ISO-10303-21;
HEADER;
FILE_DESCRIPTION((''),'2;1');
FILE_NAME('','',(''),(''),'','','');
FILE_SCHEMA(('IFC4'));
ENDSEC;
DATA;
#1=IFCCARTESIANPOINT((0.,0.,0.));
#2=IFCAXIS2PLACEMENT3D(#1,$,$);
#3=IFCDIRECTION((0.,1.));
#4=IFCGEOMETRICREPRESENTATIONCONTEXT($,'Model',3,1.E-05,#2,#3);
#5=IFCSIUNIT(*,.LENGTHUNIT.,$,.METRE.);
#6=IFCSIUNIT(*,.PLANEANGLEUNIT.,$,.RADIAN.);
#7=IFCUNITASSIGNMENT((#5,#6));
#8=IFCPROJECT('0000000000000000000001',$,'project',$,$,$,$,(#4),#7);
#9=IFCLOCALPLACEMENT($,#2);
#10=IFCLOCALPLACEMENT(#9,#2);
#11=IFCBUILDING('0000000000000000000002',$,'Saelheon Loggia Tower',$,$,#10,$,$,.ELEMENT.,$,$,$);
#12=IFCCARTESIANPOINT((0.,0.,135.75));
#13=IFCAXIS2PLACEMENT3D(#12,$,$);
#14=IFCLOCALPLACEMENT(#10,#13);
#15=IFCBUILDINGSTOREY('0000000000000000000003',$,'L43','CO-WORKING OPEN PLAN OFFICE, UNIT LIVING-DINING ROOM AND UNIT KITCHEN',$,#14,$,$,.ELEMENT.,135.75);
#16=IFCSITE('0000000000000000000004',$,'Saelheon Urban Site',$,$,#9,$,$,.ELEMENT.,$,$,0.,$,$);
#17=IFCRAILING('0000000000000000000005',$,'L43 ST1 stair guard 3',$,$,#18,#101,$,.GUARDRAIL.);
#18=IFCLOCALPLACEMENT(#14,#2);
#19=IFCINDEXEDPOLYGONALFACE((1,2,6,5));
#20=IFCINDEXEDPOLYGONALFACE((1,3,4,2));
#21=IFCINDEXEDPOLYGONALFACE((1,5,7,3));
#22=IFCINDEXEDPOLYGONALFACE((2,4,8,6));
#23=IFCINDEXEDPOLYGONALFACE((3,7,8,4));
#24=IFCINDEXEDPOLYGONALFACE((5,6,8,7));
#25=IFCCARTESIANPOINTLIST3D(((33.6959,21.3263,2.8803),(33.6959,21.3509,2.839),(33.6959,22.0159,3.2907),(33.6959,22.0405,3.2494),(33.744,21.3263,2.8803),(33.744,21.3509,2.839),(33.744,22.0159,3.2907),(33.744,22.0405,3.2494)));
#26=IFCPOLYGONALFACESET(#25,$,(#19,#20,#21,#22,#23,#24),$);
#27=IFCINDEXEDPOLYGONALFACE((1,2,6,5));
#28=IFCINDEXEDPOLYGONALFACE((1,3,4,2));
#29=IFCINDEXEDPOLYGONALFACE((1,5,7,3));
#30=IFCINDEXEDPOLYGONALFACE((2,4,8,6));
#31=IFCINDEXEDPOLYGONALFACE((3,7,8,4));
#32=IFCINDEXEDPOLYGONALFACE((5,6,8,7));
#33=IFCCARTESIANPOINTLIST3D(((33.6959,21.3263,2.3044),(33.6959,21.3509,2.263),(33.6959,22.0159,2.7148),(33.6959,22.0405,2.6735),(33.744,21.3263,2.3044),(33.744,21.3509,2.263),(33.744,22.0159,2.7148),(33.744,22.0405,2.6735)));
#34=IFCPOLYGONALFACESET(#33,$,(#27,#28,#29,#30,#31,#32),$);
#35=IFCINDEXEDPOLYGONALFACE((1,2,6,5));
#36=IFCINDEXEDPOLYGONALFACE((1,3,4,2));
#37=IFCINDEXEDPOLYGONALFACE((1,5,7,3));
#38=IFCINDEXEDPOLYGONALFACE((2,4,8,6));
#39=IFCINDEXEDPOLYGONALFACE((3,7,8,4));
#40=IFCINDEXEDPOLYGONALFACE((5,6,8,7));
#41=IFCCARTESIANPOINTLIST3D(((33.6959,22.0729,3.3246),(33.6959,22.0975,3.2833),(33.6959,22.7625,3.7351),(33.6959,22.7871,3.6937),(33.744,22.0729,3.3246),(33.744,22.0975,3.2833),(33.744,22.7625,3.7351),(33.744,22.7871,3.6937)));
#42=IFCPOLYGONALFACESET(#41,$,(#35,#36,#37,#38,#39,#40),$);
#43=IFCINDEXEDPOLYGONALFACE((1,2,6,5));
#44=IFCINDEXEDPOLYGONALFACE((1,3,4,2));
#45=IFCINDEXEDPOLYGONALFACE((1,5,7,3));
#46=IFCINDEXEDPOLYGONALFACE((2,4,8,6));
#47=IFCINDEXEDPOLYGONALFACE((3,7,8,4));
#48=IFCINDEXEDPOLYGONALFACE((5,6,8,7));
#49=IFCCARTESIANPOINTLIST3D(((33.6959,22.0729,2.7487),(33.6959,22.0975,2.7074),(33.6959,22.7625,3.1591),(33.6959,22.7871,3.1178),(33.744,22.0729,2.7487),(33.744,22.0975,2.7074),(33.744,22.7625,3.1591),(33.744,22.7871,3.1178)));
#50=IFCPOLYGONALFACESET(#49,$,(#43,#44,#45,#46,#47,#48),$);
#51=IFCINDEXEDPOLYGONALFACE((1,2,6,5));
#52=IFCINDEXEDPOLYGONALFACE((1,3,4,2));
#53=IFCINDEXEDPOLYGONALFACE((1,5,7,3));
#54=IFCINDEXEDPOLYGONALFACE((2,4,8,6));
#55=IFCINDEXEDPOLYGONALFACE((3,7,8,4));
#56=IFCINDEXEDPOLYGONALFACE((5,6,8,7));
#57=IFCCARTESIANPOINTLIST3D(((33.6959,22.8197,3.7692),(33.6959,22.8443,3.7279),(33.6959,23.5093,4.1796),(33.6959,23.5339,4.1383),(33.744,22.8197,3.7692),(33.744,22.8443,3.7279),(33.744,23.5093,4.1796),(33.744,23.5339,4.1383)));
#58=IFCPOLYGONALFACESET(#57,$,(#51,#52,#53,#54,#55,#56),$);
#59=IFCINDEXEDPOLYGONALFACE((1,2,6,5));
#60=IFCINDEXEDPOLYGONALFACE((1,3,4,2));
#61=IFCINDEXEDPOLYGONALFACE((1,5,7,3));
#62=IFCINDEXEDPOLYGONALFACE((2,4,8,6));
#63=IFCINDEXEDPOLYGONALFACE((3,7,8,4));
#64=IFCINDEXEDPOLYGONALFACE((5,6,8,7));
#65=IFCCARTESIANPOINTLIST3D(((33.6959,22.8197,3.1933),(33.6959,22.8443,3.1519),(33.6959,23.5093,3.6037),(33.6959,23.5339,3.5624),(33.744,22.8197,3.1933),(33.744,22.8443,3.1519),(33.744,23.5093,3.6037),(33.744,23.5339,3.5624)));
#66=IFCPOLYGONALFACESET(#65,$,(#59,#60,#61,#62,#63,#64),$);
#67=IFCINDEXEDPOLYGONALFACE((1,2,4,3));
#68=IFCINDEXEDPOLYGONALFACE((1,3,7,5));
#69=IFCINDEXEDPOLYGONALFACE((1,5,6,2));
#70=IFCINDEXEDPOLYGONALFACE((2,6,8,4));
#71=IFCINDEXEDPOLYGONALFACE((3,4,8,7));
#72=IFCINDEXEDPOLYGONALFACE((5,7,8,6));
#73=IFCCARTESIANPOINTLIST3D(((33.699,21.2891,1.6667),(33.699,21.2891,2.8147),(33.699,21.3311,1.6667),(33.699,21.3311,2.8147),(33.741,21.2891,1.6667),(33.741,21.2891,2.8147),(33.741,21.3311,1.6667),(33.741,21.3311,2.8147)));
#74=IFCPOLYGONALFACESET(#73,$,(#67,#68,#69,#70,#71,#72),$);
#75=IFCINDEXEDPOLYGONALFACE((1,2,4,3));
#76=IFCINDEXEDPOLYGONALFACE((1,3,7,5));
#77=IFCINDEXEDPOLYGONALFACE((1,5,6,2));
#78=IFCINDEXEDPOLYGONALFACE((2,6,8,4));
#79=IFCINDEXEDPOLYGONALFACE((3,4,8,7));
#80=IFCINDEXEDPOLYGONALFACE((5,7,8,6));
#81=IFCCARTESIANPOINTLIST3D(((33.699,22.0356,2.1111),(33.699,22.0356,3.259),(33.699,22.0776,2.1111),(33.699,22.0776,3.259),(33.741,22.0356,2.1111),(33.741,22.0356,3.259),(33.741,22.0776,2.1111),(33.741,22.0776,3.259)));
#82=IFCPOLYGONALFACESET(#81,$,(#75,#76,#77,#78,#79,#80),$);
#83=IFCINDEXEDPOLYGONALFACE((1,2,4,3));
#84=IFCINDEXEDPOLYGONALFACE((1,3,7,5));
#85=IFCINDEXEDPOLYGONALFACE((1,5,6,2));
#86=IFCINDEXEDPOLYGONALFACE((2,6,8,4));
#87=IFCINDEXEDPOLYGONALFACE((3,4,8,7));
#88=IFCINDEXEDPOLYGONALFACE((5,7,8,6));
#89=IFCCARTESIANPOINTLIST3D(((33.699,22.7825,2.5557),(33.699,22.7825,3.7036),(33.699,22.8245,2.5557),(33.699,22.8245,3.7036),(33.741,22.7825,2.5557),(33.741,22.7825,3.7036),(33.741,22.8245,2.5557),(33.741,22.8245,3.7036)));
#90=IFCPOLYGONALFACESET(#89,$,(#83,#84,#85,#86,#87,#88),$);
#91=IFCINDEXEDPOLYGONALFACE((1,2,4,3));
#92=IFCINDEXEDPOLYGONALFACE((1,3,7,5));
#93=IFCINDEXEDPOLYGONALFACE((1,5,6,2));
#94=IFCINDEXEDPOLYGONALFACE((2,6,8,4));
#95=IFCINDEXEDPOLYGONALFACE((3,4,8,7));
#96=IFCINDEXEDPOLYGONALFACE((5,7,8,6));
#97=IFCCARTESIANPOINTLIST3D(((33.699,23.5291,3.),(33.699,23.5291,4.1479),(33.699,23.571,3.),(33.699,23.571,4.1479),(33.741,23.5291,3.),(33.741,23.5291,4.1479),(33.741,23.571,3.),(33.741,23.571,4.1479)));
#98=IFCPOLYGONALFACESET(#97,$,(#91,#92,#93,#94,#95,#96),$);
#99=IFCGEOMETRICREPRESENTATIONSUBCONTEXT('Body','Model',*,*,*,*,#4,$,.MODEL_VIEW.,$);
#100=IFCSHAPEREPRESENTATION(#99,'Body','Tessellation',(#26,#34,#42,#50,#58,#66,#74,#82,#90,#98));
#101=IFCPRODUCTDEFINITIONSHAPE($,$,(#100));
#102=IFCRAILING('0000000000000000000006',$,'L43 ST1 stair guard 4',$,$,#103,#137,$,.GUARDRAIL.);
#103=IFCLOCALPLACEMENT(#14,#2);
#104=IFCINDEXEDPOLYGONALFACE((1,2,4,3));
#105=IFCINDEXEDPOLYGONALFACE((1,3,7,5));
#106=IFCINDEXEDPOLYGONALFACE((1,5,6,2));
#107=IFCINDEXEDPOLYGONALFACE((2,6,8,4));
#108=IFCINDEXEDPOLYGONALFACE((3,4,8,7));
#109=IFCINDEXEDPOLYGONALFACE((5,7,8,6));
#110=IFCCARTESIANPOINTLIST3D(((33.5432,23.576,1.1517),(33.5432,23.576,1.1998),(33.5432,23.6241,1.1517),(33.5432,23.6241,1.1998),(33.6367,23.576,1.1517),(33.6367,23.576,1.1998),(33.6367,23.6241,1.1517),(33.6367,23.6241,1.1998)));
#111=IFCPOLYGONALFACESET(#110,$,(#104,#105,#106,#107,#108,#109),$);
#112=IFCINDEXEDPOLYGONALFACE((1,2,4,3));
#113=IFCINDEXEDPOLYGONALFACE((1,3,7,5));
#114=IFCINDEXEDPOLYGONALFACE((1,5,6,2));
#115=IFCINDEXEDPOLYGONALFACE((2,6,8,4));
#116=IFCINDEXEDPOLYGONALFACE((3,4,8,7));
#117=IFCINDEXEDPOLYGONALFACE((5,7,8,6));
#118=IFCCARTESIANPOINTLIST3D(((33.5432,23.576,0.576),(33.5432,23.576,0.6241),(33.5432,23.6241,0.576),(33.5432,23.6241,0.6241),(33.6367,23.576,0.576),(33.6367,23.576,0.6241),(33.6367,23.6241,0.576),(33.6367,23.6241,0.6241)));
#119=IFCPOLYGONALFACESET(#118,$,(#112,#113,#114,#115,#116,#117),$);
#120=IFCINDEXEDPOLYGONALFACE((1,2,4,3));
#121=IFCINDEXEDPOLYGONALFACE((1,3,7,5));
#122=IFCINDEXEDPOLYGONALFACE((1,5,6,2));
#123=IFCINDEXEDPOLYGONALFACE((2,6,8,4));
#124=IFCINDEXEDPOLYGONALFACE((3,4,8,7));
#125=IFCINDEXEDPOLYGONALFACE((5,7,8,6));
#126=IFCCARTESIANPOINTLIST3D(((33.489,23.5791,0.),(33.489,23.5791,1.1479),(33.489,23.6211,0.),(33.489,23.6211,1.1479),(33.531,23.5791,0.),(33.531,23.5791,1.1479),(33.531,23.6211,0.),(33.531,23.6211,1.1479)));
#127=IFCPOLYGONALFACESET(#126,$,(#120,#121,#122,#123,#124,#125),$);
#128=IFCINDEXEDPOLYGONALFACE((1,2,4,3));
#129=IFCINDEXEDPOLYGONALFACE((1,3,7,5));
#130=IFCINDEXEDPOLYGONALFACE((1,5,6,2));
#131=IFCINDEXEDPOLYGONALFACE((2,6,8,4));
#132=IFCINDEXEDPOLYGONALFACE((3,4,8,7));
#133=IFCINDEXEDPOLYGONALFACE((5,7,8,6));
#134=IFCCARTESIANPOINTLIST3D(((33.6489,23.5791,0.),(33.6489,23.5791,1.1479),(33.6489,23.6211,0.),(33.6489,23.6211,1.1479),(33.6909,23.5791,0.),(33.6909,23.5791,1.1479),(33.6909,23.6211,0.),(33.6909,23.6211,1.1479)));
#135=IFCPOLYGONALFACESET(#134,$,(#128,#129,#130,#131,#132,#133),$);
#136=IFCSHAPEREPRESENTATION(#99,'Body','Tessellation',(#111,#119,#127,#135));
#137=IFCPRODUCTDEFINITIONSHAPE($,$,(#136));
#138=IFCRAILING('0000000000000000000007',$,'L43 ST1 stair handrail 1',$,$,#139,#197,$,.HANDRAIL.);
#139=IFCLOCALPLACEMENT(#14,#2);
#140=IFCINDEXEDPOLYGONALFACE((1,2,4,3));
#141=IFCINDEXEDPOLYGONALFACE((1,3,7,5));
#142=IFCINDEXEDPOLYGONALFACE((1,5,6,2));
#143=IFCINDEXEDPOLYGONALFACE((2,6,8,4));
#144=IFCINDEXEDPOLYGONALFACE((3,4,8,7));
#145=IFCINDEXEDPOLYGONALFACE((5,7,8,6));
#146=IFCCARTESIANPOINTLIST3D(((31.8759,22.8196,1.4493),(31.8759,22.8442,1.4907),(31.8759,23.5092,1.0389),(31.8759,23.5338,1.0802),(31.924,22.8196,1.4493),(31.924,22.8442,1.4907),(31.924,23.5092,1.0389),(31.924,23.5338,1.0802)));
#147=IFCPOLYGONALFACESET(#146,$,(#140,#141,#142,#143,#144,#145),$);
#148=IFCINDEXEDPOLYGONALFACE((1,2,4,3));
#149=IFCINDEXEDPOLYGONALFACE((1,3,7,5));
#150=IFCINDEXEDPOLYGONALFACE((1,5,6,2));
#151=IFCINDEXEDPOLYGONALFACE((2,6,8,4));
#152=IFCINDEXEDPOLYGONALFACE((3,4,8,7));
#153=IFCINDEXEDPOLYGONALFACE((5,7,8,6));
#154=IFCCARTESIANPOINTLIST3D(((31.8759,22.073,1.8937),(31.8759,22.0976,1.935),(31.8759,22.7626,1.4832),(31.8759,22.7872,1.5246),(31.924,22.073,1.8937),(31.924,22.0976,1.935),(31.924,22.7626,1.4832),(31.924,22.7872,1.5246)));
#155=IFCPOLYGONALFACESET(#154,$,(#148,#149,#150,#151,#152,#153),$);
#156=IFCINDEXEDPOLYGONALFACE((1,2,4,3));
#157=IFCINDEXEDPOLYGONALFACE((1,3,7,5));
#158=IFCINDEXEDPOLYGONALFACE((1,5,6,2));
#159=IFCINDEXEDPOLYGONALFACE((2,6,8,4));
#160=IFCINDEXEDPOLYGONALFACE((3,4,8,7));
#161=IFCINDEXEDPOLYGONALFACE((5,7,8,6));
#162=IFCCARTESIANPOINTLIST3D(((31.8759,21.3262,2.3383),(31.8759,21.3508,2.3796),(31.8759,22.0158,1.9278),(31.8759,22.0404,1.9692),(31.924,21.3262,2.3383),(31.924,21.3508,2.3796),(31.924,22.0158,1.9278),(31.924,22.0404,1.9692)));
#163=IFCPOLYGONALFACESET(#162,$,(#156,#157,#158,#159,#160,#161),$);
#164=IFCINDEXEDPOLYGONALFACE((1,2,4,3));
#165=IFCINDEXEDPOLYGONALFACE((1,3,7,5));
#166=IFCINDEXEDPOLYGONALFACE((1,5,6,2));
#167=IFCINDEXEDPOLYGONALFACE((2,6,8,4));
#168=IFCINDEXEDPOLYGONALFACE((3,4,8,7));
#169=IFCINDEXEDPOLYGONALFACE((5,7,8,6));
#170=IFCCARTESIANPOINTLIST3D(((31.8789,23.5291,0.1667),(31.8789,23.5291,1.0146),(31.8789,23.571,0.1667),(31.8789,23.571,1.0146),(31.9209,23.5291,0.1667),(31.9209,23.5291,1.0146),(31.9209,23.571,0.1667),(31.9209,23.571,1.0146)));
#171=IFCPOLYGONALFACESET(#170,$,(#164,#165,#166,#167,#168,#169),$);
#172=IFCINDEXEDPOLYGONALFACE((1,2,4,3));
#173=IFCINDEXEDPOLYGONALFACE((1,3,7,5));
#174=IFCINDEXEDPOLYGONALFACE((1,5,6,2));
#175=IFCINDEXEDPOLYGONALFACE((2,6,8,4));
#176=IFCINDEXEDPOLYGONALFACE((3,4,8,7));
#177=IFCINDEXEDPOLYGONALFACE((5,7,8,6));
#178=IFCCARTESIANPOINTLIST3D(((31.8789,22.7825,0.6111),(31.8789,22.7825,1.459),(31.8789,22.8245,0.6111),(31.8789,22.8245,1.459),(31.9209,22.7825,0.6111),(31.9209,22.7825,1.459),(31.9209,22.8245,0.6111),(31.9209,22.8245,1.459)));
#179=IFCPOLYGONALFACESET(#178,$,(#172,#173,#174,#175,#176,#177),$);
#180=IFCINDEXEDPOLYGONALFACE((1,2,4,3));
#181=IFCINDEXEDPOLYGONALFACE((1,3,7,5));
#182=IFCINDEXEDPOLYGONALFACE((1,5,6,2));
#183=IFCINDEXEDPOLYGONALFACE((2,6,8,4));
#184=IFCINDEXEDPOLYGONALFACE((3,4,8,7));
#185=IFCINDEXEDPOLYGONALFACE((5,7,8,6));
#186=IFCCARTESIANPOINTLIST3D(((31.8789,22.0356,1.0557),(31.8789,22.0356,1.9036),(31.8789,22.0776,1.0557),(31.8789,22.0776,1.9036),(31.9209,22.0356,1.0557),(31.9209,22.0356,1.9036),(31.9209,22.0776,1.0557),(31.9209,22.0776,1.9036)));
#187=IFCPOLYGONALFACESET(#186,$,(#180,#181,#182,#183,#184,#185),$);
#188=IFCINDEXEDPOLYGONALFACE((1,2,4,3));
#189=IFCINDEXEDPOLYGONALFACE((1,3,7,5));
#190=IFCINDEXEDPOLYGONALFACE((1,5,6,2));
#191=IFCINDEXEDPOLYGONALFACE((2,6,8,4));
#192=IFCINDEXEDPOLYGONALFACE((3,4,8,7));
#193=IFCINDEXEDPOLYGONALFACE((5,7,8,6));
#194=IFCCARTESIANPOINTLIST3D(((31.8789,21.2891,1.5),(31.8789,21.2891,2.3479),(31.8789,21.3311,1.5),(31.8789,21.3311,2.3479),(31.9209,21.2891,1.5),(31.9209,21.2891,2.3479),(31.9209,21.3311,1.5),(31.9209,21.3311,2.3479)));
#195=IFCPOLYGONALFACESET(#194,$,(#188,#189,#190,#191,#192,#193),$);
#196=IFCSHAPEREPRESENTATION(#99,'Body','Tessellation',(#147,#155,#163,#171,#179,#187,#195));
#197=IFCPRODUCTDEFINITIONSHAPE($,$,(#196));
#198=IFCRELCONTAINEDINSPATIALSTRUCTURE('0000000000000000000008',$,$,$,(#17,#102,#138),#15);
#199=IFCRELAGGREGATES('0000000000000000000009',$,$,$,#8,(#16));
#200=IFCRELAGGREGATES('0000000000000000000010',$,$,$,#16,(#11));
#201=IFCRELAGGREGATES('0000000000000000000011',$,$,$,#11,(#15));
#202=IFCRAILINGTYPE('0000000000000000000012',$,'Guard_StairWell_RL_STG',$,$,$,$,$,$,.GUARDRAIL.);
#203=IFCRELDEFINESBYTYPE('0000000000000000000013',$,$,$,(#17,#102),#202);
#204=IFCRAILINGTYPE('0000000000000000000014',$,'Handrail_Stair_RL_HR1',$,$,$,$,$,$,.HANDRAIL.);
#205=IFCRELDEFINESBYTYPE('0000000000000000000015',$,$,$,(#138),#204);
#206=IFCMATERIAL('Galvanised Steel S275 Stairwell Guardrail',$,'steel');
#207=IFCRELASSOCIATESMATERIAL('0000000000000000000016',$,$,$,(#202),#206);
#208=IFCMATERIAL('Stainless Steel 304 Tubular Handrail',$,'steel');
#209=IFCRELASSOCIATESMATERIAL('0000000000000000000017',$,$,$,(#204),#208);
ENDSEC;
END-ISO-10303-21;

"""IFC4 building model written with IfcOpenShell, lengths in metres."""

from ifc_helpers import new_model, si_unit, direction, frame, origin, origin_2d, place, context, subcontext, project, spatial, rectangle, extrude, material, type_object, element, save


model = new_model("IFC4")

# Units and contexts
model_context = context("Model", 3, precision=1e-05, world=origin(), true_north=direction((0.0, 1.0)))
body_context = subcontext(model_context, "Body", "Model", "MODEL_VIEW")
ifc_project = project(units=[si_unit("LENGTHUNIT", "METRE"), si_unit("PLANEANGLEUNIT", "RADIAN")], contexts=[model_context])

# Site, building, storey
site_placement = place(None, origin())
site = spatial("IfcSite", under=ifc_project, at=site_placement, Name="Saelheon Urban Site", CompositionType="ELEMENT", RefElevation=0.0)
building_placement = place(site_placement, origin())
building = spatial("IfcBuilding", under=site, at=building_placement, Name="Saelheon Loggia Tower", CompositionType="ELEMENT")
storey_placement = place(building_placement, frame((0.0, 0.0, 135.75)))
storey = spatial("IfcBuildingStorey", under=building, at=storey_placement, Name="L43", Description="CO-WORKING OPEN PLAN OFFICE, UNIT LIVING-DINING ROOM AND UNIT KITCHEN", CompositionType="ELEMENT", Elevation=135.75)

# Railings
ifc_material_1 = material(Name="Galvanised Steel S275 Stairwell Guardrail", Category="steel")
railing_type_1 = type_object("IfcRailingType", Name="Guard_StairWell_RL_STG", PredefinedType="GUARDRAIL", material=ifc_material_1)
railing_1_placement = place(storey_placement, frame((33.72, 21.3101, 1.6667)))
element("IfcRailing", 1, at=railing_1_placement, inside=storey, type_object=railing_type_1, Name="L43 ST1 stair guard 3", PredefinedType="GUARDRAIL", context=body_context, shape_type="SweptSolid", body=[
    extrude(rectangle(XDim=0.0481, YDim=0.0481, at=origin_2d()), frame((0.0, 0.0286, 1.1929), z_axis=(0.0, 0.859306, 0.511462), x_axis=(-1.0, 0.0, 0.0)), (0.0, 0.0, 1.0), 0.8025),
    extrude(rectangle(XDim=0.0481, YDim=0.0481, at=origin_2d()), frame((0.0, 0.0286, 0.6169), z_axis=(0.0, 0.859306, 0.511462), x_axis=(-1.0, 0.0, 0.0)), (0.0, 0.0, 1.0), 0.8025),
    extrude(rectangle(XDim=0.0481, YDim=0.0481, at=origin_2d()), frame((0.0, 0.7751, 1.6372), z_axis=(0.0, 0.859306, 0.511462), x_axis=(-1.0, 0.0, 0.0)), (0.0, 0.0, 1.0), 0.8025),
    extrude(rectangle(XDim=0.0481, YDim=0.0481, at=origin_2d()), frame((0.0, 0.7751, 1.0613), z_axis=(0.0, 0.859306, 0.511462), x_axis=(-1.0, 0.0, 0.0)), (0.0, 0.0, 1.0), 0.8025),
    extrude(rectangle(XDim=0.0481, YDim=0.0481, at=origin_2d()), frame((0.0, 1.522, 2.0818), z_axis=(0.0, 0.859306, 0.511462), x_axis=(-1.0, 0.0, 0.0)), (0.0, 0.0, 1.0), 0.8025),
    extrude(rectangle(XDim=0.0481, YDim=0.0481, at=origin_2d()), frame((0.0, 1.522, 1.5059), z_axis=(0.0, 0.859306, 0.511462), x_axis=(-1.0, 0.0, 0.0)), (0.0, 0.0, 1.0), 0.8025),
    extrude(rectangle(XDim=0.042, YDim=0.042, at=origin_2d()), origin(), (0.0, 0.0, 1.0), 1.1479),
    extrude(rectangle(XDim=0.042, YDim=0.042, at=origin_2d()), frame((0.0, 0.7466, 0.4443)), (0.0, 0.0, 1.0), 1.1479),
    extrude(rectangle(XDim=0.042, YDim=0.042, at=origin_2d()), frame((0.0, 1.4934, 0.8889)), (0.0, 0.0, 1.0), 1.1479),
    extrude(rectangle(XDim=0.042, YDim=0.042, at=origin_2d()), frame((0.0, 2.24, 1.3333)), (0.0, 0.0, 1.0), 1.1479),
])
railing_2_placement = place(storey_placement, frame((33.51, 23.6001, 0.0)))
element("IfcRailing", 2, at=railing_2_placement, inside=storey, type_object=railing_type_1, Name="L43 ST1 stair guard 4", PredefinedType="GUARDRAIL", context=body_context, shape_type="SweptSolid", body=[
    extrude(rectangle(XDim=0.0481, YDim=0.0481, at=origin_2d()), frame((0.0332, 0.0, 1.1758), z_axis=(1.0, 0.0, 0.0), x_axis=(0.0, 1.0, 0.0)), (0.0, 0.0, 1.0), 0.0935),
    extrude(rectangle(XDim=0.0481, YDim=0.0481, at=origin_2d()), frame((0.0332, 0.0, 0.6001), z_axis=(1.0, 0.0, 0.0), x_axis=(0.0, 1.0, 0.0)), (0.0, 0.0, 1.0), 0.0935),
    extrude(rectangle(XDim=0.042, YDim=0.042, at=origin_2d()), origin(), (0.0, 0.0, 1.0), 1.1479),
    extrude(rectangle(XDim=0.042, YDim=0.042, at=origin_2d()), frame((0.1599, 0.0, 0.0)), (0.0, 0.0, 1.0), 1.1479),
])
ifc_material_2 = material(Name="Stainless Steel 304 Tubular Handrail", Category="steel")
railing_type_2 = type_object("IfcRailingType", Name="Handrail_Stair_RL_HR1", PredefinedType="HANDRAIL", material=ifc_material_2)
railing_3_placement = place(storey_placement, frame((31.8999, 23.55, 0.1667)))
element("IfcRailing", 3, at=railing_3_placement, inside=storey, type_object=railing_type_2, Name="L43 ST1 stair handrail 1", PredefinedType="HANDRAIL", context=body_context, shape_type="SweptSolid", body=[
    extrude(rectangle(XDim=0.0481, YDim=0.0481, at=origin_2d()), frame((0.0, -0.0286, 0.8928), z_axis=(0.0, -0.859306, 0.511462), x_axis=(1.0, 0.0, 0.0)), (0.0, 0.0, 1.0), 0.8025),
    extrude(rectangle(XDim=0.0481, YDim=0.0481, at=origin_2d()), frame((0.0, -0.7751, 1.3372), z_axis=(0.0, -0.859306, 0.511462), x_axis=(1.0, 0.0, 0.0)), (0.0, 0.0, 1.0), 0.8025),
    extrude(rectangle(XDim=0.0481, YDim=0.0481, at=origin_2d()), frame((0.0, -1.522, 1.7817), z_axis=(0.0, -0.859306, 0.511462), x_axis=(1.0, 0.0, 0.0)), (0.0, 0.0, 1.0), 0.8025),
    extrude(rectangle(XDim=0.042, YDim=0.042, at=origin_2d()), origin(), (0.0, 0.0, 1.0), 0.8479),
    extrude(rectangle(XDim=0.042, YDim=0.042, at=origin_2d()), frame((0.0, -0.7466, 0.4443)), (0.0, 0.0, 1.0), 0.8479),
    extrude(rectangle(XDim=0.042, YDim=0.042, at=origin_2d()), frame((0.0, -1.4934, 0.8889)), (0.0, 0.0, 1.0), 0.8479),
    extrude(rectangle(XDim=0.042, YDim=0.042, at=origin_2d()), frame((0.0, -2.24, 1.3333)), (0.0, 0.0, 1.0), 0.8479),
])

save(model, "model.ifc")
